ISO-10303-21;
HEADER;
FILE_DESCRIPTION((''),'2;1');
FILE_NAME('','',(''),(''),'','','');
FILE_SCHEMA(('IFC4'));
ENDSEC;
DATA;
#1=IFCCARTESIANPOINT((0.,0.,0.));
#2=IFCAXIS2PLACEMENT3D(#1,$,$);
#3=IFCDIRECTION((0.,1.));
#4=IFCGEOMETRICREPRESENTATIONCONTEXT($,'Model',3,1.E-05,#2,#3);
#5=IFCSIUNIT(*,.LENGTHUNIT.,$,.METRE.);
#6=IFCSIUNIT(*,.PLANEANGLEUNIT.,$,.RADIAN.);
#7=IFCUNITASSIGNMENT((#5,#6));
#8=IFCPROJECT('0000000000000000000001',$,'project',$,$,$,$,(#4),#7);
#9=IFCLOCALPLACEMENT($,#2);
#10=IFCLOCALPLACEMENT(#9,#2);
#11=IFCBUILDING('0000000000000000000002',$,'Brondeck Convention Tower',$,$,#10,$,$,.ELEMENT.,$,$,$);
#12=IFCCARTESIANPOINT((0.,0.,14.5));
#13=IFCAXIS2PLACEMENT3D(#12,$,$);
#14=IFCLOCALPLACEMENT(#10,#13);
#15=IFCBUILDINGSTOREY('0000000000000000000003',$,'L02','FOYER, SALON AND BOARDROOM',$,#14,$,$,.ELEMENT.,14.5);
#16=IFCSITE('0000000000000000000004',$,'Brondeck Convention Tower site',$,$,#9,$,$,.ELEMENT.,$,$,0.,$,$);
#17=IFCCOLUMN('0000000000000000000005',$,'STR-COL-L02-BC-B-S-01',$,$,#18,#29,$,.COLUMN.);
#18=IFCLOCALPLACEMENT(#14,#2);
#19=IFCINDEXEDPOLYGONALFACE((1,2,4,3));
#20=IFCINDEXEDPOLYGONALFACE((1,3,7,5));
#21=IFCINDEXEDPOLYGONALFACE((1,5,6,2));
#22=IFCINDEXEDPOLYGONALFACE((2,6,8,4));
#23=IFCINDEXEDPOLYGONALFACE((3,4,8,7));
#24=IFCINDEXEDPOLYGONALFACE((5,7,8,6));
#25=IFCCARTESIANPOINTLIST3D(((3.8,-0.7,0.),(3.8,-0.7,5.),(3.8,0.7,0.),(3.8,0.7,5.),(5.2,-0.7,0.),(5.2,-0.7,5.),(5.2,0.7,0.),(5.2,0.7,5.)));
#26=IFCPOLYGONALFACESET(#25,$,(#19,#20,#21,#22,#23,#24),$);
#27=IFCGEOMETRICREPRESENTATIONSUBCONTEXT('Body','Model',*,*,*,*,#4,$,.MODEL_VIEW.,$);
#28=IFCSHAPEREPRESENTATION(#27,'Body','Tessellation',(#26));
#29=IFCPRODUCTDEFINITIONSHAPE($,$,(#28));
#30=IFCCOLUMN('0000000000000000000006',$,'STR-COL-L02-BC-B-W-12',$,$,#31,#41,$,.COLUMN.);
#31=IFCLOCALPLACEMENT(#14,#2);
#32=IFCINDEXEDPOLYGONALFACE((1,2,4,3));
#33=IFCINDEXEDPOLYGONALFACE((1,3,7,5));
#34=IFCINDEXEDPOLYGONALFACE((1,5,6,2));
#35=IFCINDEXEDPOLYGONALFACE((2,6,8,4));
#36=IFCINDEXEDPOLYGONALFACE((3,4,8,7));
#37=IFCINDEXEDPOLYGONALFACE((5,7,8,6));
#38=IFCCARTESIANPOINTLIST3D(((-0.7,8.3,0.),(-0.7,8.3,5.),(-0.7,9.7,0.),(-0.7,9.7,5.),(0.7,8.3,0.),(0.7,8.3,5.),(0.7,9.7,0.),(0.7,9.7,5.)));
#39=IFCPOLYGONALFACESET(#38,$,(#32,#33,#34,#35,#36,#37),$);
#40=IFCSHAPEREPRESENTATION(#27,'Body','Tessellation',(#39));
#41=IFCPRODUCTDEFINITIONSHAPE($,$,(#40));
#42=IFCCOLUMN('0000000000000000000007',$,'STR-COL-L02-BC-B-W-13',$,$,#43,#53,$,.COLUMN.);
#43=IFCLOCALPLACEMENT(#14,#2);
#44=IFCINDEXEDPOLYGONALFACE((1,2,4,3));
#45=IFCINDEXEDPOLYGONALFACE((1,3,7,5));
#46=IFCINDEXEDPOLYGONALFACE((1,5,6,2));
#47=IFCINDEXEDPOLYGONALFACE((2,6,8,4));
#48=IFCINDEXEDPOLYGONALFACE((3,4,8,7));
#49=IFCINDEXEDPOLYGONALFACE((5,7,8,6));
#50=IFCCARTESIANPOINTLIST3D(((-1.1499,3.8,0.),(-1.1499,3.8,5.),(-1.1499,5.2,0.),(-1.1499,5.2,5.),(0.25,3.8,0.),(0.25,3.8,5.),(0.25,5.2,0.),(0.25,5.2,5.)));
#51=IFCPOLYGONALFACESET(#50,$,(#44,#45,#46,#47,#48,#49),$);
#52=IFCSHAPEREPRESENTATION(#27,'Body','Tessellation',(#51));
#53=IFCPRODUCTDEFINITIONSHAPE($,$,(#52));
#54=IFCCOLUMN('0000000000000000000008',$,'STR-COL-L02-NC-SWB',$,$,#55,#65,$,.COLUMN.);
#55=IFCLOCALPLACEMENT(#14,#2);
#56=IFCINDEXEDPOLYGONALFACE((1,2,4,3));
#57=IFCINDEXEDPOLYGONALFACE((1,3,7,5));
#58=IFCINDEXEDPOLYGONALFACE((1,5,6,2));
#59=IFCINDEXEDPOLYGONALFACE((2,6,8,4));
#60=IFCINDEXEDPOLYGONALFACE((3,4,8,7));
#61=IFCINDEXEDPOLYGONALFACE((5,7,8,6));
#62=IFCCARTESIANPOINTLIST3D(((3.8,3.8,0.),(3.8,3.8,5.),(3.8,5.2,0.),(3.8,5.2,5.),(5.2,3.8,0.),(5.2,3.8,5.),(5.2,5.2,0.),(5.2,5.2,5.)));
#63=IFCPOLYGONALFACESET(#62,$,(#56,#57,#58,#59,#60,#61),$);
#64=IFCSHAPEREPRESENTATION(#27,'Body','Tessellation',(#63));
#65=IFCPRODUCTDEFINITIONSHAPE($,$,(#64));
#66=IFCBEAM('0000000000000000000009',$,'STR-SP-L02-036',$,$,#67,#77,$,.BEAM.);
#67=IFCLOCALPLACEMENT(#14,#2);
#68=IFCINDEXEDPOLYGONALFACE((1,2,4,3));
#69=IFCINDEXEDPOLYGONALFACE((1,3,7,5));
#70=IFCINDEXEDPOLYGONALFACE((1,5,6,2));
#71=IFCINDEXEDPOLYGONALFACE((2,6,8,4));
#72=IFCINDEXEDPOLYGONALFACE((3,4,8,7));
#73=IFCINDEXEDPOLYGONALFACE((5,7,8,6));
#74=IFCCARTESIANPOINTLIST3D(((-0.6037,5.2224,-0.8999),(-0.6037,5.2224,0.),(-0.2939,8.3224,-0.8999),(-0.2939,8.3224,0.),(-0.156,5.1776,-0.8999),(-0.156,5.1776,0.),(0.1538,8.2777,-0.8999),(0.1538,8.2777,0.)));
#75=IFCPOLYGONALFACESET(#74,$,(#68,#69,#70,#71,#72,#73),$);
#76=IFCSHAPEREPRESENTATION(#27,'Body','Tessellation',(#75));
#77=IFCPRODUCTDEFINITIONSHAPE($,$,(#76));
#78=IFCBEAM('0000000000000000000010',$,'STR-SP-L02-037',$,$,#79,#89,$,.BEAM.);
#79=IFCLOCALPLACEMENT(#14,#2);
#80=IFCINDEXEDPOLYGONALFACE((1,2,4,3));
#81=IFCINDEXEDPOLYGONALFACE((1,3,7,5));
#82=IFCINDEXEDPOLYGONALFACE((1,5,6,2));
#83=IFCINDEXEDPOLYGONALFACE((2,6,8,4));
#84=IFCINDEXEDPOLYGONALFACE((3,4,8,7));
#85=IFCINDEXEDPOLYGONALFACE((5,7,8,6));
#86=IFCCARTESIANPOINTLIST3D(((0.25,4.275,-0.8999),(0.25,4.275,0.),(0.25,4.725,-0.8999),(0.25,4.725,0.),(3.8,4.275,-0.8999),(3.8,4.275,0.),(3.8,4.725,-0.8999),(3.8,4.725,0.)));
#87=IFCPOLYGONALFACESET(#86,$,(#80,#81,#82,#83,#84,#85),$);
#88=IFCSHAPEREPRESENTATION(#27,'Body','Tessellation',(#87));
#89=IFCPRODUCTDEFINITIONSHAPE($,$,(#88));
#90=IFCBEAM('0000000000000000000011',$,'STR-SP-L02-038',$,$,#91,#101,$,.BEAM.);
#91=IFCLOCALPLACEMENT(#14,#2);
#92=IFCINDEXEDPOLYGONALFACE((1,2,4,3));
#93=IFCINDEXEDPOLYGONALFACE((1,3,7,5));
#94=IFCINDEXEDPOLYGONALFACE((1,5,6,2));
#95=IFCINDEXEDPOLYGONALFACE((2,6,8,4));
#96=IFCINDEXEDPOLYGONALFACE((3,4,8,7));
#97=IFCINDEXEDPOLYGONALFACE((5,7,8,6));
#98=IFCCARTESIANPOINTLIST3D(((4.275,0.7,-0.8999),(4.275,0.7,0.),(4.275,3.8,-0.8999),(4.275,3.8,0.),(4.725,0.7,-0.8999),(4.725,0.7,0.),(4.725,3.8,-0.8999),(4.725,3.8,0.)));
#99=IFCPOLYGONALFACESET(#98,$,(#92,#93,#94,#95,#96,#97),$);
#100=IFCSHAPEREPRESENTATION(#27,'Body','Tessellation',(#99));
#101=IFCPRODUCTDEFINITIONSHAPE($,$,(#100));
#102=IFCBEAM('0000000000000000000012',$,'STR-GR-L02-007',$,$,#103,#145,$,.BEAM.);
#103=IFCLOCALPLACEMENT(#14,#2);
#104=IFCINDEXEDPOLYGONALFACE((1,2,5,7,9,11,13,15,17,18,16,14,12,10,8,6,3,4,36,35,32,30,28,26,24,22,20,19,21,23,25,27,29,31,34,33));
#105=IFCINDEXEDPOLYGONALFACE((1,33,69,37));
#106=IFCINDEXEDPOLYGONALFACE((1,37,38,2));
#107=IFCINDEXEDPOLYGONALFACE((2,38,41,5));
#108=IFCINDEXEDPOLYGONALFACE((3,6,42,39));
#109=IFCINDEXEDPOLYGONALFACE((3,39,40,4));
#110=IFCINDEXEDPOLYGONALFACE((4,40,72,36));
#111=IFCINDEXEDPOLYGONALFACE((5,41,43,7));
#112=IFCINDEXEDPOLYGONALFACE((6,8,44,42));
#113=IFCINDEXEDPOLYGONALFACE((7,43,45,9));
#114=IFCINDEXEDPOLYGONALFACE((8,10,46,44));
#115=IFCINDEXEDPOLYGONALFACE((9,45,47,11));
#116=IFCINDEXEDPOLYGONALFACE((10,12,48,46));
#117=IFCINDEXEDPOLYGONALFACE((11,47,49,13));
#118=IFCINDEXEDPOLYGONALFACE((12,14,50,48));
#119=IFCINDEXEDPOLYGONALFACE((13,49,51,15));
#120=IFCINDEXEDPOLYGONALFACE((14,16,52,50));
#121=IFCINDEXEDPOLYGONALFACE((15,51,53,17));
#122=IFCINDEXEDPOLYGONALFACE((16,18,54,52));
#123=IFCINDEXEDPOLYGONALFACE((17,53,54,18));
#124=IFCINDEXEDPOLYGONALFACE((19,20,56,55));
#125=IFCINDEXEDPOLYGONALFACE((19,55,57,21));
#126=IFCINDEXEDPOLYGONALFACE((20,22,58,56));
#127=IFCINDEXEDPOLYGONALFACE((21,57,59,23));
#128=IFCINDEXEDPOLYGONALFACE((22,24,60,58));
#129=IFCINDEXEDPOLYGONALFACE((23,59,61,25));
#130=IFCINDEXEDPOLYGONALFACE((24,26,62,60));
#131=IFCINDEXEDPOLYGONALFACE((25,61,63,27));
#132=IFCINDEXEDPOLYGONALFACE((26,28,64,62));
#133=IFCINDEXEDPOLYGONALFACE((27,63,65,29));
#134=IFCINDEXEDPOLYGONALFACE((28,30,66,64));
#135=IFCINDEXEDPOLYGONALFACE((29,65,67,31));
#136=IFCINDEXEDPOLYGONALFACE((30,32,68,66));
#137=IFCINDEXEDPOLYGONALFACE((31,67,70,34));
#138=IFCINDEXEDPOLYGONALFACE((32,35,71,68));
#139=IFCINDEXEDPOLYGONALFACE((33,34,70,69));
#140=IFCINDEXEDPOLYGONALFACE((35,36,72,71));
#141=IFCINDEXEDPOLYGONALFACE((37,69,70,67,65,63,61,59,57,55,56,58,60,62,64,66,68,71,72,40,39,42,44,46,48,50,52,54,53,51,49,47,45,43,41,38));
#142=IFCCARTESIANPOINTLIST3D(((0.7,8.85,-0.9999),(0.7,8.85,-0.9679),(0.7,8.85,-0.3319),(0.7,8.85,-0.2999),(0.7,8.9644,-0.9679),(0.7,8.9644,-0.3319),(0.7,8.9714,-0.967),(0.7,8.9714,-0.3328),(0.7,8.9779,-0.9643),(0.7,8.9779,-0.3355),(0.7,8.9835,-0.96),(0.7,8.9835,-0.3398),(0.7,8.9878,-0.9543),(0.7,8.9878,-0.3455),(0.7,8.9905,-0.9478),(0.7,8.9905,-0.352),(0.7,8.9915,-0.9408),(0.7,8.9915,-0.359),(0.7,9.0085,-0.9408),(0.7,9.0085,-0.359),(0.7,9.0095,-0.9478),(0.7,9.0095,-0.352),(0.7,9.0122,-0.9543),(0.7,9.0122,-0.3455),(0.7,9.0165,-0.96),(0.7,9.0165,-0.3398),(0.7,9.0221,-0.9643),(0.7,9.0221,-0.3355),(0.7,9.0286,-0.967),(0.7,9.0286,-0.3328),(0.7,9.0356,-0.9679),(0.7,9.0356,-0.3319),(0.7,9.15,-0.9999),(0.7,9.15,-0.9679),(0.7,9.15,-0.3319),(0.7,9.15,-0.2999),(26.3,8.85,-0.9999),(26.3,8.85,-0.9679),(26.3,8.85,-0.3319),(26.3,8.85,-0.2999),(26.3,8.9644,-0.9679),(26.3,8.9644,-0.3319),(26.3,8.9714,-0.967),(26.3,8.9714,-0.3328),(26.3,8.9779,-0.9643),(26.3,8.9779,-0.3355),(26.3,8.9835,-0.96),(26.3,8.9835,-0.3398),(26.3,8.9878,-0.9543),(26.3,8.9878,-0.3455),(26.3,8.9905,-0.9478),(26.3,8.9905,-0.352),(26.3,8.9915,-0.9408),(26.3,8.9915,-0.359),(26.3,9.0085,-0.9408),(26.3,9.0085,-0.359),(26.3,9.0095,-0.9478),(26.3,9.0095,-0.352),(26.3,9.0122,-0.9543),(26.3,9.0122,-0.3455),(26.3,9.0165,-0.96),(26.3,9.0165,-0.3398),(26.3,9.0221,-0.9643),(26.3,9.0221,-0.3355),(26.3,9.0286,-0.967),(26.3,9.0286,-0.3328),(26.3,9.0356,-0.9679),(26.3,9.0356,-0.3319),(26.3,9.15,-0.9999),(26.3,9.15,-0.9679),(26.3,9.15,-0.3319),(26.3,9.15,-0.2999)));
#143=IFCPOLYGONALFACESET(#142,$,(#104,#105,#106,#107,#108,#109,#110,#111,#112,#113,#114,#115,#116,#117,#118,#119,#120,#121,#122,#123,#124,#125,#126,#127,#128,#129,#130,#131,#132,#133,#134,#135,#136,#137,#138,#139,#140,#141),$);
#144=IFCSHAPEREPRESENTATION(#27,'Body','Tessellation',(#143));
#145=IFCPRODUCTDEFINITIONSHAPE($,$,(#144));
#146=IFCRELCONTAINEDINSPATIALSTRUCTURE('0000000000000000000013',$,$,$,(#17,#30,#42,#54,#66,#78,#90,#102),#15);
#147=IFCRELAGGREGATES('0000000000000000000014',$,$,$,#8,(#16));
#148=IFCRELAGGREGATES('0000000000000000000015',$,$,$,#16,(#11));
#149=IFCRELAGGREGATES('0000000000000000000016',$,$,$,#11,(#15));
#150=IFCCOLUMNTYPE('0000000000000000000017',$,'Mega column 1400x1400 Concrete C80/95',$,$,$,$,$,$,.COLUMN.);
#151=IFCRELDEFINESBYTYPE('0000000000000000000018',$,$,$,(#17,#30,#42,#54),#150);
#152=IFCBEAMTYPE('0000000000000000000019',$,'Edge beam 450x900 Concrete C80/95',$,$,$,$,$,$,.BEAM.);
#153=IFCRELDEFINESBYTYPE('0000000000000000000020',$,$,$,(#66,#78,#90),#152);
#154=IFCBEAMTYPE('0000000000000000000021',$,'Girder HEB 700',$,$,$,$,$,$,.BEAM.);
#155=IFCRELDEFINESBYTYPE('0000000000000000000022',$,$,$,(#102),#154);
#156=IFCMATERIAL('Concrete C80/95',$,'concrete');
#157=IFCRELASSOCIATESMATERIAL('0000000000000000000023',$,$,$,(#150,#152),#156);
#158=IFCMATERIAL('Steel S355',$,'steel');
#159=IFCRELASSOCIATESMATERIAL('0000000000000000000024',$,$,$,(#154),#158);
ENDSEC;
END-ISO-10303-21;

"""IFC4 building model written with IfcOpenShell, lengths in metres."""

from ifc_helpers import new_model, si_unit, direction, frame, origin, origin_2d, place, context, subcontext, project, spatial, rectangle, i_section, extrude, material, material_profile, profile_set, type_object, element, save


model = new_model("IFC4")

# Units and contexts
model_context = context("Model", 3, precision=1e-05, world=origin(), true_north=direction((0.0, 1.0)))
body_context = subcontext(model_context, "Body", "Model", "MODEL_VIEW")
ifc_project = project(units=[si_unit("LENGTHUNIT", "METRE"), si_unit("PLANEANGLEUNIT", "RADIAN")], contexts=[model_context])

# Site, building, storey
site_placement = place(None, origin())
site = spatial("IfcSite", under=ifc_project, at=site_placement, Name="Brondeck Convention Tower site", CompositionType="ELEMENT", RefElevation=0.0)
building_placement = place(site_placement, origin())
building = spatial("IfcBuilding", under=site, at=building_placement, Name="Brondeck Convention Tower", CompositionType="ELEMENT")
storey_placement = place(building_placement, frame((0.0, 0.0, 14.5)))
storey = spatial("IfcBuildingStorey", under=building, at=storey_placement, Name="L02", Description="FOYER, SALON AND BOARDROOM", CompositionType="ELEMENT", Elevation=14.5)

# Columns
ifc_material_1 = material(Name="Concrete C80/95", Category="concrete")
ifc_material_profile_1 = material_profile(ifc_material_1, rectangle(XDim=1.3999, YDim=1.3999, at=origin_2d()), Name="Mega column 1400x1400 Concrete C80/95")
ifc_profile_set_1 = profile_set([ifc_material_profile_1], Name="Concrete C80/95")
column_type = type_object("IfcColumnType", Name="Mega column 1400x1400 Concrete C80/95", PredefinedType="COLUMN", material=ifc_profile_set_1)
for number, where, z_axis, x_axis, name in (
    (1, (4.5, 0.0, 0.0), (0.0, 0.0, 1.0), (1.0, 0.0, 0.0), "STR-COL-L02-BC-B-S-01"),
    (2, (0.0, 9.0, 0.0), (0.0, 0.0, 1.0), (1.0, 0.0, 0.0), "STR-COL-L02-BC-B-W-12"),
    (3, (-0.45, 4.5, 0.0), (0.0, 0.0, 1.0), (1.0, 0.0, 0.0), "STR-COL-L02-BC-B-W-13"),
    (4, (4.5, 4.5, 0.0), (0.0, 0.0, 1.0), (1.0, 0.0, 0.0), "STR-COL-L02-NC-SWB"),
):
    element("IfcColumn", number, at=place(storey_placement, frame(where, z_axis=z_axis, x_axis=x_axis)), inside=storey, type_object=column_type, Name=name, PredefinedType="COLUMN", context=body_context, shape_type="SweptSolid", body=[
        extrude(rectangle(XDim=1.3999, YDim=1.3999, at=origin_2d()), origin(), (0.0, 0.0, 1.0), 5.0),
    ])

# Beams
ifc_material_profile_2 = material_profile(ifc_material_1, rectangle(XDim=0.45, YDim=0.8999, at=origin_2d()), Name="Edge beam 450x900 Concrete C80/95")
ifc_profile_set_2 = profile_set([ifc_material_profile_2], Name="Concrete C80/95")
beam_type_1 = type_object("IfcBeamType", Name="Edge beam 450x900 Concrete C80/95", PredefinedType="BEAM", material=ifc_profile_set_2)
beam_1_placement = place(storey_placement, frame((-0.0701, 8.3, -0.45), z_axis=(-0.099442, -0.995043, 0.0), x_axis=(0.995043, -0.099442, 0.0)))
element("IfcBeam", 5, at=beam_1_placement, inside=storey, type_object=beam_type_1, Name="STR-SP-L02-036", PredefinedType="BEAM", context=body_context, shape_type="SweptSolid", body=[
    extrude(rectangle(XDim=0.45, YDim=0.8999, at=origin_2d()), origin(), (0.0, 0.0, 1.0), 3.1155),
])
beam_2_placement = place(storey_placement, frame((0.25, 4.5, -0.45), z_axis=(1.0, 0.0, 0.0), x_axis=(0.0, 1.0, 0.0)))
element("IfcBeam", 6, at=beam_2_placement, inside=storey, type_object=beam_type_1, Name="STR-SP-L02-037", PredefinedType="BEAM", context=body_context, shape_type="SweptSolid", body=[
    extrude(rectangle(XDim=0.45, YDim=0.8999, at=origin_2d()), origin(), (0.0, 0.0, 1.0), 3.55),
])
beam_3_placement = place(storey_placement, frame((4.5, 3.8, -0.45), z_axis=(0.0, -1.0, 0.0), x_axis=(1.0, 0.0, 0.0)))
element("IfcBeam", 7, at=beam_3_placement, inside=storey, type_object=beam_type_1, Name="STR-SP-L02-038", PredefinedType="BEAM", context=body_context, shape_type="SweptSolid", body=[
    extrude(rectangle(XDim=0.45, YDim=0.8999, at=origin_2d()), origin(), (0.0, 0.0, 1.0), 3.1001),
])
ifc_material_2 = material(Name="Steel S355", Category="steel")
ifc_material_profile_3 = material_profile(ifc_material_2, i_section(OverallWidth=0.3, OverallDepth=0.7, WebThickness=0.0171, FlangeThickness=0.032, FilletRadius=0.0271, at=origin_2d()), Name="HEB 700")
ifc_profile_set_3 = profile_set([ifc_material_profile_3], Name="Steel S355")
beam_type_2 = type_object("IfcBeamType", Name="Girder HEB 700", PredefinedType="BEAM", material=ifc_profile_set_3)
beam_4_placement = place(storey_placement, frame((0.7, 9.0, -0.6499), z_axis=(1.0, 0.0, 0.0), x_axis=(0.0, 1.0, 0.0)))
element("IfcBeam", 8, at=beam_4_placement, inside=storey, type_object=beam_type_2, Name="STR-GR-L02-007", PredefinedType="BEAM", context=body_context, shape_type="SweptSolid", body=[
    extrude(i_section(OverallWidth=0.3, OverallDepth=0.7, WebThickness=0.0171, FlangeThickness=0.032, FilletRadius=0.0271, at=origin_2d()), origin(), (0.0, 0.0, 1.0), 25.6001),
])

save(model, "model.ifc")
